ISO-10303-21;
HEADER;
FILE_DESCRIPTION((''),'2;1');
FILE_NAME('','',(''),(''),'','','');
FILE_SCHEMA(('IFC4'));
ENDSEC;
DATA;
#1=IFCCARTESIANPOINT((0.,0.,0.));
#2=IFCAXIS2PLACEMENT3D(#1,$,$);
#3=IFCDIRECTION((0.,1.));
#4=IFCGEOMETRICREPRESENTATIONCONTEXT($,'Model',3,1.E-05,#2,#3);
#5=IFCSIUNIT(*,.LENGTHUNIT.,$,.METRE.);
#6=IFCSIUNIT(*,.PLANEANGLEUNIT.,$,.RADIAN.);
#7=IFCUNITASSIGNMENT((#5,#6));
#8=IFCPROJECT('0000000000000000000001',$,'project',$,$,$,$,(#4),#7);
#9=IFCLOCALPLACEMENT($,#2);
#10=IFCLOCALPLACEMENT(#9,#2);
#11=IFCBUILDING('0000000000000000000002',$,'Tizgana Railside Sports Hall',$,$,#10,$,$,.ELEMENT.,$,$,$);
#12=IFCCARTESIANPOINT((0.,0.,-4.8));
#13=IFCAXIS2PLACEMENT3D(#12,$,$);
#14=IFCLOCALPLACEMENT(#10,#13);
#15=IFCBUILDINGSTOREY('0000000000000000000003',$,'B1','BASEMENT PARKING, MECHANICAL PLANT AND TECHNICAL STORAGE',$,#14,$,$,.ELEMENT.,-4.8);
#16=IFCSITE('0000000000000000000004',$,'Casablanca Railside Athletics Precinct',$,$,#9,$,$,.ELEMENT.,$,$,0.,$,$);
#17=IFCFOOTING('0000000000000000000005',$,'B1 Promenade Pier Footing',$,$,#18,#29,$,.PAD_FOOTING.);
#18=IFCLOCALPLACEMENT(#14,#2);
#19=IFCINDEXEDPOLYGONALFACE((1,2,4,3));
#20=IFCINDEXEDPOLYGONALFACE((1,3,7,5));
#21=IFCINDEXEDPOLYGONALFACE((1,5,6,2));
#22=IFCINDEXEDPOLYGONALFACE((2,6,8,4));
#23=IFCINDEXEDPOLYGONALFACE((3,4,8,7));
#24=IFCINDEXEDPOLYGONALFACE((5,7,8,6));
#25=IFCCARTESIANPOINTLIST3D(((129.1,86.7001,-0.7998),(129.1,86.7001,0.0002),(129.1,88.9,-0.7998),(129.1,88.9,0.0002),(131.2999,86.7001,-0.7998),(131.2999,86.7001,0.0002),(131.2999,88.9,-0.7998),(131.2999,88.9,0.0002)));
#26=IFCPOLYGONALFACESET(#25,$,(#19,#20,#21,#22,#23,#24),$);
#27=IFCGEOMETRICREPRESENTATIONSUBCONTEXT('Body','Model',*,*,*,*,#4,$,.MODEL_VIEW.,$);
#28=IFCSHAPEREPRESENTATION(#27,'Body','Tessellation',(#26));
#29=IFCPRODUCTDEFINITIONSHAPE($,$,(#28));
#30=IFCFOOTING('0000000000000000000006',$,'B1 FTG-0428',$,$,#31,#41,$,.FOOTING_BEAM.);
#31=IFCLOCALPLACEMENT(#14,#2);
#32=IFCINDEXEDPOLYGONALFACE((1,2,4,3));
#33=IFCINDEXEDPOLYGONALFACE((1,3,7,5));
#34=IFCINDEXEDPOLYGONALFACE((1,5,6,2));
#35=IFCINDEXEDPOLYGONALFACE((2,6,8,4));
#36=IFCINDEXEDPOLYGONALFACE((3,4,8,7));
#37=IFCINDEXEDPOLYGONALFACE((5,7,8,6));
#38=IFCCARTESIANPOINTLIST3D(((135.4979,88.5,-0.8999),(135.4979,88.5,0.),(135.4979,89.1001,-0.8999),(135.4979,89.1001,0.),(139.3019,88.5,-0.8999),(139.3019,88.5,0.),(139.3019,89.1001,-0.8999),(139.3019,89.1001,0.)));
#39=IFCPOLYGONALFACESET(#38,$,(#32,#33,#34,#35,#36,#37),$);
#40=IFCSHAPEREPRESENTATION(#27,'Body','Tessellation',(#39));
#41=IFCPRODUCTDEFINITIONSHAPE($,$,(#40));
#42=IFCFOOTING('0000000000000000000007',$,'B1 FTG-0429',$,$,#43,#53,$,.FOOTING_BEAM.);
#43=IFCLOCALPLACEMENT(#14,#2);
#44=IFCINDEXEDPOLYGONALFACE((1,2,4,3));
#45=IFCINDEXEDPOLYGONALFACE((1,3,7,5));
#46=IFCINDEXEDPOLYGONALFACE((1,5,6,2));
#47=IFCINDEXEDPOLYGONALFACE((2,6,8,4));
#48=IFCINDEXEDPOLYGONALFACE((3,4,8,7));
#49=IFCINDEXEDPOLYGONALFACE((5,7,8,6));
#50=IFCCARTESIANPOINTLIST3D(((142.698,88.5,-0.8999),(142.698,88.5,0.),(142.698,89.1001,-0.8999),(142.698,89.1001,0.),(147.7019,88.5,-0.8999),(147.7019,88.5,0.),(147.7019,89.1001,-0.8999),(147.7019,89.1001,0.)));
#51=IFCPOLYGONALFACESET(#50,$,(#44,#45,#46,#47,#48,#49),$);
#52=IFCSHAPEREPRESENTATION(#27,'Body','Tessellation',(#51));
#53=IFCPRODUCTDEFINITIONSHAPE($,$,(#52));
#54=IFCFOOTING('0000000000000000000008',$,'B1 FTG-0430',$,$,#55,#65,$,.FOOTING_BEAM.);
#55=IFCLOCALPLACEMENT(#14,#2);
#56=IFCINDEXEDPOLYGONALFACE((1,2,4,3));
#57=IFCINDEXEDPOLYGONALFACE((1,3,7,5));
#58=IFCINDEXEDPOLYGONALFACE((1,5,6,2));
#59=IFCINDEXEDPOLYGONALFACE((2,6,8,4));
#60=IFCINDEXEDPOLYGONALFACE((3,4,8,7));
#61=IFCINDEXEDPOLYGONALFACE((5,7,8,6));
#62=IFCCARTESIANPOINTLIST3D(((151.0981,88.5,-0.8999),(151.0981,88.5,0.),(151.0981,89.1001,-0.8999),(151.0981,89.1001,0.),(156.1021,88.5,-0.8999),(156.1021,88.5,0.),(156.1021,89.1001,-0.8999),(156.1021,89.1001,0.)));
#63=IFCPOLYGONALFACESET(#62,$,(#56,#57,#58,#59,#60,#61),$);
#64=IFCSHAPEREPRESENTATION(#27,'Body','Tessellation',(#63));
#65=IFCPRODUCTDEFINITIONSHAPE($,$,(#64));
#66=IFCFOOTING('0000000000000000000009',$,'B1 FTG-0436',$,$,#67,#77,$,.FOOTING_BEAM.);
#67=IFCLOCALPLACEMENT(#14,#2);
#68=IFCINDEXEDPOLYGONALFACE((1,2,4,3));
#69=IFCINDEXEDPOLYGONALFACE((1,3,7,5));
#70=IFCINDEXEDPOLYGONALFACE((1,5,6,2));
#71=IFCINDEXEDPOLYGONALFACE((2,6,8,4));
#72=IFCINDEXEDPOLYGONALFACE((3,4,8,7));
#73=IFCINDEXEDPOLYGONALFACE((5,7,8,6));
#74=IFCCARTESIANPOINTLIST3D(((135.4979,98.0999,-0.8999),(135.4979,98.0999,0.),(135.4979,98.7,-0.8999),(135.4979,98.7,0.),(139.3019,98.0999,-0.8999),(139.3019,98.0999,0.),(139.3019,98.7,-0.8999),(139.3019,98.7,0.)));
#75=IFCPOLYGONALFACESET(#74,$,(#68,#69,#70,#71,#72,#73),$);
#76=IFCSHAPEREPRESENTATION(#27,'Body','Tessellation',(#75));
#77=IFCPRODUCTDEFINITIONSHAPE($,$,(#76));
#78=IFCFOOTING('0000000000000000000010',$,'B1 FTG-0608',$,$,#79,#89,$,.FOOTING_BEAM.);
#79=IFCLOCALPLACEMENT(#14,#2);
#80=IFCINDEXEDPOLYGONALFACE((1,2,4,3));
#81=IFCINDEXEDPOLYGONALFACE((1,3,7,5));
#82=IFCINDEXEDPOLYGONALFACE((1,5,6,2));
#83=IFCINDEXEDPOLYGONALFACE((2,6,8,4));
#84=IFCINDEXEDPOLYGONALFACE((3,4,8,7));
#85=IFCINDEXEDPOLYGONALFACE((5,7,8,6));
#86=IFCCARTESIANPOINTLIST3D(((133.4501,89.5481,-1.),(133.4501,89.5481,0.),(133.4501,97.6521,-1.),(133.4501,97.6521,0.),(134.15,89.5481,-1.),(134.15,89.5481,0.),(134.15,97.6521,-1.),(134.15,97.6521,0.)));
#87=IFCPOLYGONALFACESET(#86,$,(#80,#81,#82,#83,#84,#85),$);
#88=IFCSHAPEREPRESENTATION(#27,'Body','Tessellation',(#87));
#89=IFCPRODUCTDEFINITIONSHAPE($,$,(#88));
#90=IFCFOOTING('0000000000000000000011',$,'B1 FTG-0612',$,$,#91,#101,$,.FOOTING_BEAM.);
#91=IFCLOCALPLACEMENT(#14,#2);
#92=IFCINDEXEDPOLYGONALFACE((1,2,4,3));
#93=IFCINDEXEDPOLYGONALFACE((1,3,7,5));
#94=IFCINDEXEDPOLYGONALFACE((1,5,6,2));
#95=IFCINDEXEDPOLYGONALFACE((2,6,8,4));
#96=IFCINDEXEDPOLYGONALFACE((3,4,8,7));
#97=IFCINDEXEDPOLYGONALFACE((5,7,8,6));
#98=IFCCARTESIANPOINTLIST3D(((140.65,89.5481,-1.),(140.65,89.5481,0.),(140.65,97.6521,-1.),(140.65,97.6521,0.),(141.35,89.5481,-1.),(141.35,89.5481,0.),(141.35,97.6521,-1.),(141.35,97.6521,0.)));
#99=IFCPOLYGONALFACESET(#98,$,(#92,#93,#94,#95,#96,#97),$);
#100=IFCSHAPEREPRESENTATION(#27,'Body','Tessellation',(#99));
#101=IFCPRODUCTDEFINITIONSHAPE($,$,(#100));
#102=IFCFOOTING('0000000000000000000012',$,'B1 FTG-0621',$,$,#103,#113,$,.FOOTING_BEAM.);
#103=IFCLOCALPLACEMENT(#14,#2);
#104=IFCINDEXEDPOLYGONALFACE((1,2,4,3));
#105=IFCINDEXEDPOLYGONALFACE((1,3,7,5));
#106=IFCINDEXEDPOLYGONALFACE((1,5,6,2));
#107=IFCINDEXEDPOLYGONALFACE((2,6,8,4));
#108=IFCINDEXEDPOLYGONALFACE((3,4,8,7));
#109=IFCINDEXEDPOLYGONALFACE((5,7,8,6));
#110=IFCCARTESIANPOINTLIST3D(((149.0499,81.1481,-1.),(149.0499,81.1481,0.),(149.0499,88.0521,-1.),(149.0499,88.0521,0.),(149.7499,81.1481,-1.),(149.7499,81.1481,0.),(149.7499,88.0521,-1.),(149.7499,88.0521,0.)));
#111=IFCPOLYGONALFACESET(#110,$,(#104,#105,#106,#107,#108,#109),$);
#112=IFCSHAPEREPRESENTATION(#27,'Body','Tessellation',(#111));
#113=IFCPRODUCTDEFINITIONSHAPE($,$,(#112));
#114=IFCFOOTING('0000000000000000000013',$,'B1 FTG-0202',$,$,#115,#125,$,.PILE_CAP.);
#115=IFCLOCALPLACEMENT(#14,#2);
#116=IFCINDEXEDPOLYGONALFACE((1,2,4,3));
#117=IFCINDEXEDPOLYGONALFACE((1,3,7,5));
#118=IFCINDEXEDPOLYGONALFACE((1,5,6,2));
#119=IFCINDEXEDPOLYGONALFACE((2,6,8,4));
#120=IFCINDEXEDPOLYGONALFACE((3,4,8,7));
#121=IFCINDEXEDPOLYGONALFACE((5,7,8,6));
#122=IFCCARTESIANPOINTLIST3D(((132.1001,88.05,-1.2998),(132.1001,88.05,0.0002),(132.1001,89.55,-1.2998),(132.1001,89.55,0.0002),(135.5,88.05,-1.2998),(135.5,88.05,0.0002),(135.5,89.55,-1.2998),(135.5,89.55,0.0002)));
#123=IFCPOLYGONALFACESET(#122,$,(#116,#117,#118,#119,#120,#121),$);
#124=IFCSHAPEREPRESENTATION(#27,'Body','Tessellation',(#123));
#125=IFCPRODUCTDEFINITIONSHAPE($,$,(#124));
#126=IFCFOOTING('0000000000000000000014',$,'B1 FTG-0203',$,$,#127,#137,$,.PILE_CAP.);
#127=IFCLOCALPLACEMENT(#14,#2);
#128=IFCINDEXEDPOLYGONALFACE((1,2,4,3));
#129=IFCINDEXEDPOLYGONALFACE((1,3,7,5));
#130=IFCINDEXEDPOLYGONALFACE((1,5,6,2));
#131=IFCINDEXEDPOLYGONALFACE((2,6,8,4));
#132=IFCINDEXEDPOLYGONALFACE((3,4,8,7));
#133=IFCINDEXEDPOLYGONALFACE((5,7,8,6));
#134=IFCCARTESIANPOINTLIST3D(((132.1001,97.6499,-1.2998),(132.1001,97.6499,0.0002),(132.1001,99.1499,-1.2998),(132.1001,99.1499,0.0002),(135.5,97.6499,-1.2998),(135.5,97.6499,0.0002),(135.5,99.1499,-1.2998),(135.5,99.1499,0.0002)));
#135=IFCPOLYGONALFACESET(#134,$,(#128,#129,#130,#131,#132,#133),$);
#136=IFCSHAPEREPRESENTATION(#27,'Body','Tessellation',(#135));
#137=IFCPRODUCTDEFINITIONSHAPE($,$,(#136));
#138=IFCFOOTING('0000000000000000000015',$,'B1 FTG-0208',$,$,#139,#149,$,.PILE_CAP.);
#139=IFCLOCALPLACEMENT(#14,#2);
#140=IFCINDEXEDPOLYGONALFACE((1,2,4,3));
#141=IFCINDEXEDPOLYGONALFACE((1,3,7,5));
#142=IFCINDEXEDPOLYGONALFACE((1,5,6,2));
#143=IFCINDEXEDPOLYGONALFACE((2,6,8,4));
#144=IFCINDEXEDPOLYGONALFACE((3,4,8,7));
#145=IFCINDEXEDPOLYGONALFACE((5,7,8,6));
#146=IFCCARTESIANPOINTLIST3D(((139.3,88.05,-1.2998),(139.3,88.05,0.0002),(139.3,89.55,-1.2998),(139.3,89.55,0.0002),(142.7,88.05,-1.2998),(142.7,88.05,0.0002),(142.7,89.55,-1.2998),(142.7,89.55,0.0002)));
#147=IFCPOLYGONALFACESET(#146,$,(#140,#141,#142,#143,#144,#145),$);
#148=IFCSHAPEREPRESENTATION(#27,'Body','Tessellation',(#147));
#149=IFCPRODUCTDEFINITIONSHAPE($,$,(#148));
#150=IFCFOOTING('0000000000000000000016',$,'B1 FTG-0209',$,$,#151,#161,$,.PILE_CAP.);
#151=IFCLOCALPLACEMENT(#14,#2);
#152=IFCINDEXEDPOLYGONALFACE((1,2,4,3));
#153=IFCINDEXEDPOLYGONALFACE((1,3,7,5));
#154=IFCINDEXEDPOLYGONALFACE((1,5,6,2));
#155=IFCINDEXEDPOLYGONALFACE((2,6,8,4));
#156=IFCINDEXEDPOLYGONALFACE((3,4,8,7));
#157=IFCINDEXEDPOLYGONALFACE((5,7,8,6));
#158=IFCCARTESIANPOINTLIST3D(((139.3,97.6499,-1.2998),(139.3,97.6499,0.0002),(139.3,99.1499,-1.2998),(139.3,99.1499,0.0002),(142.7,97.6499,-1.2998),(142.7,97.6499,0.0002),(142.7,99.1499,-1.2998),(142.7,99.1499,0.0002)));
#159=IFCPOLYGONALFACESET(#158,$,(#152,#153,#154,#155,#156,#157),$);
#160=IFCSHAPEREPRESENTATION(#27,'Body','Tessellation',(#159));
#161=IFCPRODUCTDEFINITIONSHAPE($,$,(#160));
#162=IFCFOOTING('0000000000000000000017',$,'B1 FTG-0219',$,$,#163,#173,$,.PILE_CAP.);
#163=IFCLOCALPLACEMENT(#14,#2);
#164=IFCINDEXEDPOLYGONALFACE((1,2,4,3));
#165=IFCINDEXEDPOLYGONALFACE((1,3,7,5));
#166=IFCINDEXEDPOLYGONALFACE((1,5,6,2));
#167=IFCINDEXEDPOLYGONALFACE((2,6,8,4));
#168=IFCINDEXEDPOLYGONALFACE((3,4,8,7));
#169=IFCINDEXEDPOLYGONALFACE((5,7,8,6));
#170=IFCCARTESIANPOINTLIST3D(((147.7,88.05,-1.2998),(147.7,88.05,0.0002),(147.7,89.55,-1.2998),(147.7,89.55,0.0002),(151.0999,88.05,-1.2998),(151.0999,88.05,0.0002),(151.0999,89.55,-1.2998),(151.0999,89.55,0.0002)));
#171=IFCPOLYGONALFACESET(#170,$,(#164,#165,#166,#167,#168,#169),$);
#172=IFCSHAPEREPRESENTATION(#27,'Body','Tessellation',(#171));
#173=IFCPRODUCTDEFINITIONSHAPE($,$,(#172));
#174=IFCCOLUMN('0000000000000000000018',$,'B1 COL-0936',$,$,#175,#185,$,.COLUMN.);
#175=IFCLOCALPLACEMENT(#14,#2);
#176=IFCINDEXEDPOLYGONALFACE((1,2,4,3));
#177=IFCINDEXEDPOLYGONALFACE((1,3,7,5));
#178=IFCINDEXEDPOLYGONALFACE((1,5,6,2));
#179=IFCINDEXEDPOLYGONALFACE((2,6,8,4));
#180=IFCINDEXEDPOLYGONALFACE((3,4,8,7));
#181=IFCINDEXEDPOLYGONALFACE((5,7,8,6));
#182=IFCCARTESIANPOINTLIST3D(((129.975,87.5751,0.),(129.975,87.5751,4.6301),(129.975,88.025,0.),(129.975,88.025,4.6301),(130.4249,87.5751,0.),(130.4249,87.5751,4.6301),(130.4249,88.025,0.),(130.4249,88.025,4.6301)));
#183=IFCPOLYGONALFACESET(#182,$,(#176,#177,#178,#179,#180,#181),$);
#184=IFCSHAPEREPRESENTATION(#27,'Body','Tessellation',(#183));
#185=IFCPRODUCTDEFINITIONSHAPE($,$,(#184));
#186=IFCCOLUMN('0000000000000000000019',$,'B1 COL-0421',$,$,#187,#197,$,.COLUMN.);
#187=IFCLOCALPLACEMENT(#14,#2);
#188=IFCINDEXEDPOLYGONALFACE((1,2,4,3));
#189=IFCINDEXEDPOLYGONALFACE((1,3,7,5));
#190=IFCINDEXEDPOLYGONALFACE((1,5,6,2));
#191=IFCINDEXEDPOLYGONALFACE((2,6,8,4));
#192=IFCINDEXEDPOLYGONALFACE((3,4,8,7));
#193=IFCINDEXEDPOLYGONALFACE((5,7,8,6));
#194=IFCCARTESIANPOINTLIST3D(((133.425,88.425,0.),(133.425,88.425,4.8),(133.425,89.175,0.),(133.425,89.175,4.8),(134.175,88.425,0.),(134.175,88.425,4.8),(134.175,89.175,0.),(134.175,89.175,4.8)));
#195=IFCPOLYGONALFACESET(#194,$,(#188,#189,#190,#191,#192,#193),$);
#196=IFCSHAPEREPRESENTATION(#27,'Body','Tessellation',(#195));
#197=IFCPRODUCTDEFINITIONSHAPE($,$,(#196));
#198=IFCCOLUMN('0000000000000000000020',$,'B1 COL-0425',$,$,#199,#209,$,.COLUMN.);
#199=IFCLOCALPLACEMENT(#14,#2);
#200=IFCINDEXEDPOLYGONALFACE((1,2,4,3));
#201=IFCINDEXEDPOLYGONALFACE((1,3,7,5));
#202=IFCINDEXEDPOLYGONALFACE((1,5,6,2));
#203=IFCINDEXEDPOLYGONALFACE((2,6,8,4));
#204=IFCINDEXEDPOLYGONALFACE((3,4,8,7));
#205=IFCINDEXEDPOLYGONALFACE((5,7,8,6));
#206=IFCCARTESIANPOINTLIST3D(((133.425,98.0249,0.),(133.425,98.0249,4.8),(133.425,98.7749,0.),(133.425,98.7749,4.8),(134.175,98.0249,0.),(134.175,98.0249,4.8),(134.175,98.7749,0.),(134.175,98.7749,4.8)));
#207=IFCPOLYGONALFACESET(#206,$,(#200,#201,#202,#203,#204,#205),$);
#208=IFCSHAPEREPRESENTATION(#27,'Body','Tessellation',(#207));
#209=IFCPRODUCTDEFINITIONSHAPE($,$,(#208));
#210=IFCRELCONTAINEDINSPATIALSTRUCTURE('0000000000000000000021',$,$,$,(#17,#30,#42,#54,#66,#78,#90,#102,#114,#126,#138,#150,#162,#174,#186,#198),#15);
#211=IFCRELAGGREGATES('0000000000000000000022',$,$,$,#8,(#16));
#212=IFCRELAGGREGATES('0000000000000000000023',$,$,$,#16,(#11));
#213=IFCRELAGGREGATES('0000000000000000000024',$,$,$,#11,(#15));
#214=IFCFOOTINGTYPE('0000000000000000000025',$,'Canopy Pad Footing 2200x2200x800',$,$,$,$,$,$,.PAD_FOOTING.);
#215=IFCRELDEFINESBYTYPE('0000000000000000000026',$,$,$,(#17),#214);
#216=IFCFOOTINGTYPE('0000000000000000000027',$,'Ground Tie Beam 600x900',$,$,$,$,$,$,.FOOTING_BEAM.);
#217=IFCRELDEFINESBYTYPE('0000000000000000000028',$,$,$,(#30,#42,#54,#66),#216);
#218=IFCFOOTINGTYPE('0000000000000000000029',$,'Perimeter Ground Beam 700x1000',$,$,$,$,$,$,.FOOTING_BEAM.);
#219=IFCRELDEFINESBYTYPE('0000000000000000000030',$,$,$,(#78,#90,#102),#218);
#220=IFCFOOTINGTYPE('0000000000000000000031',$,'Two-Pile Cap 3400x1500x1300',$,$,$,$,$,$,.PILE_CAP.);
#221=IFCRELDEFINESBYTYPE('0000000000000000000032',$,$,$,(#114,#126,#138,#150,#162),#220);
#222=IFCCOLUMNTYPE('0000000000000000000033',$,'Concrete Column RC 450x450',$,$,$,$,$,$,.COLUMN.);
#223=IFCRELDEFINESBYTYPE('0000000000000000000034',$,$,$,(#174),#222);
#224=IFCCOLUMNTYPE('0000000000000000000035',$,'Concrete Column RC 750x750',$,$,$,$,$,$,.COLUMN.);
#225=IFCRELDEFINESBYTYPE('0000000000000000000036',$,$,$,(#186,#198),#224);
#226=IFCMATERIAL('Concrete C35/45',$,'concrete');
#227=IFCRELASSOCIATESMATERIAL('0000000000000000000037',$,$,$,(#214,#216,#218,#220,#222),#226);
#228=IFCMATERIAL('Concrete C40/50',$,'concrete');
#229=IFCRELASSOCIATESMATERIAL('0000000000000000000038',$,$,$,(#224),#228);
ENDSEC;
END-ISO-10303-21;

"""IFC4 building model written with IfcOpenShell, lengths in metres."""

from ifc_helpers import new_model, si_unit, direction, frame, origin, origin_2d, place, context, subcontext, project, spatial, rectangle, extrude, material, material_profile, profile_set, type_object, element, save


model = new_model("IFC4")

# Units and contexts
model_context = context("Model", 3, precision=1e-05, world=origin(), true_north=direction((0.0, 1.0)))
body_context = subcontext(model_context, "Body", "Model", "MODEL_VIEW")
ifc_project = project(units=[si_unit("LENGTHUNIT", "METRE"), si_unit("PLANEANGLEUNIT", "RADIAN")], contexts=[model_context])

# Site, building, storey
site_placement = place(None, origin())
site = spatial("IfcSite", under=ifc_project, at=site_placement, Name="Casablanca Railside Athletics Precinct", CompositionType="ELEMENT", RefElevation=0.0)
building_placement = place(site_placement, origin())
building = spatial("IfcBuilding", under=site, at=building_placement, Name="Tizgana Railside Sports Hall", CompositionType="ELEMENT")
storey_placement = place(building_placement, frame((0.0, 0.0, -4.8)))
storey = spatial("IfcBuildingStorey", under=building, at=storey_placement, Name="B1", Description="BASEMENT PARKING, MECHANICAL PLANT AND TECHNICAL STORAGE", CompositionType="ELEMENT", Elevation=-4.8)

# Shared definitions
ifc_material_1 = material(Name="Concrete C35/45", Category="concrete")

# Footings
footing_type_1 = type_object("IfcFootingType", Name="Canopy Pad Footing 2200x2200x800", PredefinedType="PAD_FOOTING", material=ifc_material_1)
footing_1_placement = place(storey_placement, frame((130.2, 87.8, -0.7998), z_axis=(0.0, 0.0, 1.0), x_axis=(1.0, 0.0, 0.0)))
element("IfcFooting", 1, at=footing_1_placement, inside=storey, type_object=footing_type_1, Name="B1 Promenade Pier Footing", PredefinedType="PAD_FOOTING", context=body_context, shape_type="SweptSolid", body=[
    extrude(rectangle(XDim=2.2, YDim=2.2, at=origin_2d()), origin(), (0.0, 0.0, 1.0), 0.8),
])
footing_type_2 = type_object("IfcFootingType", Name="Ground Tie Beam 600x900", PredefinedType="FOOTING_BEAM", material=ifc_material_1)
footing_2_placement = place(storey_placement, frame((137.3999, 88.8, -0.8999), z_axis=(0.0, 0.0, 1.0), x_axis=(1.0, 0.0, 0.0)))
element("IfcFooting", 2, at=footing_2_placement, inside=storey, type_object=footing_type_2, Name="B1 FTG-0428", PredefinedType="FOOTING_BEAM", context=body_context, shape_type="SweptSolid", body=[
    extrude(rectangle(XDim=3.804, YDim=0.6001, at=origin_2d()), origin(), (0.0, 0.0, 1.0), 0.8999),
])
for number, where, z_axis, x_axis, name in (
    (3, (145.2, 88.8, -0.8999), (0.0, 0.0, 1.0), (1.0, 0.0, 0.0), "B1 FTG-0429"),
    (4, (153.6001, 88.8, -0.8999), (0.0, 0.0, 1.0), (1.0, 0.0, 0.0), "B1 FTG-0430"),
):
    element("IfcFooting", number, at=place(storey_placement, frame(where, z_axis=z_axis, x_axis=x_axis)), inside=storey, type_object=footing_type_2, Name=name, PredefinedType="FOOTING_BEAM", context=body_context, shape_type="SweptSolid", body=[
        extrude(rectangle(XDim=5.0039, YDim=0.6001, at=origin_2d()), origin(), (0.0, 0.0, 1.0), 0.8999),
    ])
footing_3_placement = place(storey_placement, frame((137.3999, 98.3999, -0.8999), z_axis=(0.0, 0.0, 1.0), x_axis=(1.0, 0.0, 0.0)))
element("IfcFooting", 5, at=footing_3_placement, inside=storey, type_object=footing_type_2, Name="B1 FTG-0436", PredefinedType="FOOTING_BEAM", context=body_context, shape_type="SweptSolid", body=[
    extrude(rectangle(XDim=3.804, YDim=0.6001, at=origin_2d()), origin(), (0.0, 0.0, 1.0), 0.8999),
])
footing_type_3 = type_object("IfcFootingType", Name="Perimeter Ground Beam 700x1000", PredefinedType="FOOTING_BEAM", material=ifc_material_1)
for number, where, z_axis, x_axis, name in (
    (6, (133.8, 93.6001, -1.0), (0.0, 0.0, 1.0), (0.0, 1.0, 0.0), "B1 FTG-0608"),
    (7, (141.0, 93.6001, -1.0), (0.0, 0.0, 1.0), (0.0, 1.0, 0.0), "B1 FTG-0612"),
):
    element("IfcFooting", number, at=place(storey_placement, frame(where, z_axis=z_axis, x_axis=x_axis)), inside=storey, type_object=footing_type_3, Name=name, PredefinedType="FOOTING_BEAM", context=body_context, shape_type="SweptSolid", body=[
        extrude(rectangle(XDim=8.104, YDim=0.7, at=origin_2d()), origin(), (0.0, 0.0, 1.0), 1.0),
    ])
footing_4_placement = place(storey_placement, frame((149.3999, 84.6001, -1.0), z_axis=(0.0, 0.0, 1.0), x_axis=(0.0, 1.0, 0.0)))
element("IfcFooting", 8, at=footing_4_placement, inside=storey, type_object=footing_type_3, Name="B1 FTG-0621", PredefinedType="FOOTING_BEAM", context=body_context, shape_type="SweptSolid", body=[
    extrude(rectangle(XDim=6.9041, YDim=0.7, at=origin_2d()), origin(), (0.0, 0.0, 1.0), 1.0),
])
footing_type_4 = type_object("IfcFootingType", Name="Two-Pile Cap 3400x1500x1300", PredefinedType="PILE_CAP", material=ifc_material_1)
for number, where, z_axis, x_axis, name in (
    (9, (133.8, 88.8, -1.2998), (0.0, 0.0, 1.0), (1.0, 0.0, 0.0), "B1 FTG-0202"),
    (10, (133.8, 98.3999, -1.2998), (0.0, 0.0, 1.0), (1.0, 0.0, 0.0), "B1 FTG-0203"),
    (11, (141.0, 88.8, -1.2998), (0.0, 0.0, 1.0), (1.0, 0.0, 0.0), "B1 FTG-0208"),
    (12, (141.0, 98.3999, -1.2998), (0.0, 0.0, 1.0), (1.0, 0.0, 0.0), "B1 FTG-0209"),
    (13, (149.3999, 88.8, -1.2998), (0.0, 0.0, 1.0), (1.0, 0.0, 0.0), "B1 FTG-0219"),
):
    element("IfcFooting", number, at=place(storey_placement, frame(where, z_axis=z_axis, x_axis=x_axis)), inside=storey, type_object=footing_type_4, Name=name, PredefinedType="PILE_CAP", context=body_context, shape_type="SweptSolid", body=[
        extrude(rectangle(XDim=3.3999, YDim=1.5, at=origin_2d()), origin(), (0.0, 0.0, 1.0), 1.3),
    ])

# Columns
ifc_material_profile_1 = material_profile(ifc_material_1, rectangle(XDim=0.45, YDim=0.45, at=origin_2d()), Name="RC 450x450")
ifc_profile_set_1 = profile_set([ifc_material_profile_1], Name="Concrete C35/45")
column_type_1 = type_object("IfcColumnType", Name="Concrete Column RC 450x450", PredefinedType="COLUMN", material=ifc_profile_set_1)
column_placement = place(storey_placement, frame((130.2, 87.8, 0.0), z_axis=(0.0, 0.0, 1.0), x_axis=(1.0, 0.0, 0.0)))
element("IfcColumn", 14, at=column_placement, inside=storey, type_object=column_type_1, Name="B1 COL-0936", PredefinedType="COLUMN", context=body_context, shape_type="SweptSolid", body=[
    extrude(rectangle(XDim=0.45, YDim=0.45, at=origin_2d()), origin(), (0.0, 0.0, 1.0), 4.6301),
])
ifc_material_2 = material(Name="Concrete C40/50", Category="concrete")
ifc_material_profile_2 = material_profile(ifc_material_2, rectangle(XDim=0.75, YDim=0.75, at=origin_2d()), Name="RC 750x750")
ifc_profile_set_2 = profile_set([ifc_material_profile_2], Name="Concrete C40/50")
column_type_2 = type_object("IfcColumnType", Name="Concrete Column RC 750x750", PredefinedType="COLUMN", material=ifc_profile_set_2)
for number, where, z_axis, x_axis, name in (
    (15, (133.8, 88.8, 0.0), (0.0, 0.0, 1.0), (1.0, 0.0, 0.0), "B1 COL-0421"),
    (16, (133.8, 98.3999, 0.0), (0.0, 0.0, 1.0), (1.0, 0.0, 0.0), "B1 COL-0425"),
):
    element("IfcColumn", number, at=place(storey_placement, frame(where, z_axis=z_axis, x_axis=x_axis)), inside=storey, type_object=column_type_2, Name=name, PredefinedType="COLUMN", context=body_context, shape_type="SweptSolid", body=[
        extrude(rectangle(XDim=0.75, YDim=0.75, at=origin_2d()), origin(), (0.0, 0.0, 1.0), 4.8),
    ])

save(model, "model.ifc")
